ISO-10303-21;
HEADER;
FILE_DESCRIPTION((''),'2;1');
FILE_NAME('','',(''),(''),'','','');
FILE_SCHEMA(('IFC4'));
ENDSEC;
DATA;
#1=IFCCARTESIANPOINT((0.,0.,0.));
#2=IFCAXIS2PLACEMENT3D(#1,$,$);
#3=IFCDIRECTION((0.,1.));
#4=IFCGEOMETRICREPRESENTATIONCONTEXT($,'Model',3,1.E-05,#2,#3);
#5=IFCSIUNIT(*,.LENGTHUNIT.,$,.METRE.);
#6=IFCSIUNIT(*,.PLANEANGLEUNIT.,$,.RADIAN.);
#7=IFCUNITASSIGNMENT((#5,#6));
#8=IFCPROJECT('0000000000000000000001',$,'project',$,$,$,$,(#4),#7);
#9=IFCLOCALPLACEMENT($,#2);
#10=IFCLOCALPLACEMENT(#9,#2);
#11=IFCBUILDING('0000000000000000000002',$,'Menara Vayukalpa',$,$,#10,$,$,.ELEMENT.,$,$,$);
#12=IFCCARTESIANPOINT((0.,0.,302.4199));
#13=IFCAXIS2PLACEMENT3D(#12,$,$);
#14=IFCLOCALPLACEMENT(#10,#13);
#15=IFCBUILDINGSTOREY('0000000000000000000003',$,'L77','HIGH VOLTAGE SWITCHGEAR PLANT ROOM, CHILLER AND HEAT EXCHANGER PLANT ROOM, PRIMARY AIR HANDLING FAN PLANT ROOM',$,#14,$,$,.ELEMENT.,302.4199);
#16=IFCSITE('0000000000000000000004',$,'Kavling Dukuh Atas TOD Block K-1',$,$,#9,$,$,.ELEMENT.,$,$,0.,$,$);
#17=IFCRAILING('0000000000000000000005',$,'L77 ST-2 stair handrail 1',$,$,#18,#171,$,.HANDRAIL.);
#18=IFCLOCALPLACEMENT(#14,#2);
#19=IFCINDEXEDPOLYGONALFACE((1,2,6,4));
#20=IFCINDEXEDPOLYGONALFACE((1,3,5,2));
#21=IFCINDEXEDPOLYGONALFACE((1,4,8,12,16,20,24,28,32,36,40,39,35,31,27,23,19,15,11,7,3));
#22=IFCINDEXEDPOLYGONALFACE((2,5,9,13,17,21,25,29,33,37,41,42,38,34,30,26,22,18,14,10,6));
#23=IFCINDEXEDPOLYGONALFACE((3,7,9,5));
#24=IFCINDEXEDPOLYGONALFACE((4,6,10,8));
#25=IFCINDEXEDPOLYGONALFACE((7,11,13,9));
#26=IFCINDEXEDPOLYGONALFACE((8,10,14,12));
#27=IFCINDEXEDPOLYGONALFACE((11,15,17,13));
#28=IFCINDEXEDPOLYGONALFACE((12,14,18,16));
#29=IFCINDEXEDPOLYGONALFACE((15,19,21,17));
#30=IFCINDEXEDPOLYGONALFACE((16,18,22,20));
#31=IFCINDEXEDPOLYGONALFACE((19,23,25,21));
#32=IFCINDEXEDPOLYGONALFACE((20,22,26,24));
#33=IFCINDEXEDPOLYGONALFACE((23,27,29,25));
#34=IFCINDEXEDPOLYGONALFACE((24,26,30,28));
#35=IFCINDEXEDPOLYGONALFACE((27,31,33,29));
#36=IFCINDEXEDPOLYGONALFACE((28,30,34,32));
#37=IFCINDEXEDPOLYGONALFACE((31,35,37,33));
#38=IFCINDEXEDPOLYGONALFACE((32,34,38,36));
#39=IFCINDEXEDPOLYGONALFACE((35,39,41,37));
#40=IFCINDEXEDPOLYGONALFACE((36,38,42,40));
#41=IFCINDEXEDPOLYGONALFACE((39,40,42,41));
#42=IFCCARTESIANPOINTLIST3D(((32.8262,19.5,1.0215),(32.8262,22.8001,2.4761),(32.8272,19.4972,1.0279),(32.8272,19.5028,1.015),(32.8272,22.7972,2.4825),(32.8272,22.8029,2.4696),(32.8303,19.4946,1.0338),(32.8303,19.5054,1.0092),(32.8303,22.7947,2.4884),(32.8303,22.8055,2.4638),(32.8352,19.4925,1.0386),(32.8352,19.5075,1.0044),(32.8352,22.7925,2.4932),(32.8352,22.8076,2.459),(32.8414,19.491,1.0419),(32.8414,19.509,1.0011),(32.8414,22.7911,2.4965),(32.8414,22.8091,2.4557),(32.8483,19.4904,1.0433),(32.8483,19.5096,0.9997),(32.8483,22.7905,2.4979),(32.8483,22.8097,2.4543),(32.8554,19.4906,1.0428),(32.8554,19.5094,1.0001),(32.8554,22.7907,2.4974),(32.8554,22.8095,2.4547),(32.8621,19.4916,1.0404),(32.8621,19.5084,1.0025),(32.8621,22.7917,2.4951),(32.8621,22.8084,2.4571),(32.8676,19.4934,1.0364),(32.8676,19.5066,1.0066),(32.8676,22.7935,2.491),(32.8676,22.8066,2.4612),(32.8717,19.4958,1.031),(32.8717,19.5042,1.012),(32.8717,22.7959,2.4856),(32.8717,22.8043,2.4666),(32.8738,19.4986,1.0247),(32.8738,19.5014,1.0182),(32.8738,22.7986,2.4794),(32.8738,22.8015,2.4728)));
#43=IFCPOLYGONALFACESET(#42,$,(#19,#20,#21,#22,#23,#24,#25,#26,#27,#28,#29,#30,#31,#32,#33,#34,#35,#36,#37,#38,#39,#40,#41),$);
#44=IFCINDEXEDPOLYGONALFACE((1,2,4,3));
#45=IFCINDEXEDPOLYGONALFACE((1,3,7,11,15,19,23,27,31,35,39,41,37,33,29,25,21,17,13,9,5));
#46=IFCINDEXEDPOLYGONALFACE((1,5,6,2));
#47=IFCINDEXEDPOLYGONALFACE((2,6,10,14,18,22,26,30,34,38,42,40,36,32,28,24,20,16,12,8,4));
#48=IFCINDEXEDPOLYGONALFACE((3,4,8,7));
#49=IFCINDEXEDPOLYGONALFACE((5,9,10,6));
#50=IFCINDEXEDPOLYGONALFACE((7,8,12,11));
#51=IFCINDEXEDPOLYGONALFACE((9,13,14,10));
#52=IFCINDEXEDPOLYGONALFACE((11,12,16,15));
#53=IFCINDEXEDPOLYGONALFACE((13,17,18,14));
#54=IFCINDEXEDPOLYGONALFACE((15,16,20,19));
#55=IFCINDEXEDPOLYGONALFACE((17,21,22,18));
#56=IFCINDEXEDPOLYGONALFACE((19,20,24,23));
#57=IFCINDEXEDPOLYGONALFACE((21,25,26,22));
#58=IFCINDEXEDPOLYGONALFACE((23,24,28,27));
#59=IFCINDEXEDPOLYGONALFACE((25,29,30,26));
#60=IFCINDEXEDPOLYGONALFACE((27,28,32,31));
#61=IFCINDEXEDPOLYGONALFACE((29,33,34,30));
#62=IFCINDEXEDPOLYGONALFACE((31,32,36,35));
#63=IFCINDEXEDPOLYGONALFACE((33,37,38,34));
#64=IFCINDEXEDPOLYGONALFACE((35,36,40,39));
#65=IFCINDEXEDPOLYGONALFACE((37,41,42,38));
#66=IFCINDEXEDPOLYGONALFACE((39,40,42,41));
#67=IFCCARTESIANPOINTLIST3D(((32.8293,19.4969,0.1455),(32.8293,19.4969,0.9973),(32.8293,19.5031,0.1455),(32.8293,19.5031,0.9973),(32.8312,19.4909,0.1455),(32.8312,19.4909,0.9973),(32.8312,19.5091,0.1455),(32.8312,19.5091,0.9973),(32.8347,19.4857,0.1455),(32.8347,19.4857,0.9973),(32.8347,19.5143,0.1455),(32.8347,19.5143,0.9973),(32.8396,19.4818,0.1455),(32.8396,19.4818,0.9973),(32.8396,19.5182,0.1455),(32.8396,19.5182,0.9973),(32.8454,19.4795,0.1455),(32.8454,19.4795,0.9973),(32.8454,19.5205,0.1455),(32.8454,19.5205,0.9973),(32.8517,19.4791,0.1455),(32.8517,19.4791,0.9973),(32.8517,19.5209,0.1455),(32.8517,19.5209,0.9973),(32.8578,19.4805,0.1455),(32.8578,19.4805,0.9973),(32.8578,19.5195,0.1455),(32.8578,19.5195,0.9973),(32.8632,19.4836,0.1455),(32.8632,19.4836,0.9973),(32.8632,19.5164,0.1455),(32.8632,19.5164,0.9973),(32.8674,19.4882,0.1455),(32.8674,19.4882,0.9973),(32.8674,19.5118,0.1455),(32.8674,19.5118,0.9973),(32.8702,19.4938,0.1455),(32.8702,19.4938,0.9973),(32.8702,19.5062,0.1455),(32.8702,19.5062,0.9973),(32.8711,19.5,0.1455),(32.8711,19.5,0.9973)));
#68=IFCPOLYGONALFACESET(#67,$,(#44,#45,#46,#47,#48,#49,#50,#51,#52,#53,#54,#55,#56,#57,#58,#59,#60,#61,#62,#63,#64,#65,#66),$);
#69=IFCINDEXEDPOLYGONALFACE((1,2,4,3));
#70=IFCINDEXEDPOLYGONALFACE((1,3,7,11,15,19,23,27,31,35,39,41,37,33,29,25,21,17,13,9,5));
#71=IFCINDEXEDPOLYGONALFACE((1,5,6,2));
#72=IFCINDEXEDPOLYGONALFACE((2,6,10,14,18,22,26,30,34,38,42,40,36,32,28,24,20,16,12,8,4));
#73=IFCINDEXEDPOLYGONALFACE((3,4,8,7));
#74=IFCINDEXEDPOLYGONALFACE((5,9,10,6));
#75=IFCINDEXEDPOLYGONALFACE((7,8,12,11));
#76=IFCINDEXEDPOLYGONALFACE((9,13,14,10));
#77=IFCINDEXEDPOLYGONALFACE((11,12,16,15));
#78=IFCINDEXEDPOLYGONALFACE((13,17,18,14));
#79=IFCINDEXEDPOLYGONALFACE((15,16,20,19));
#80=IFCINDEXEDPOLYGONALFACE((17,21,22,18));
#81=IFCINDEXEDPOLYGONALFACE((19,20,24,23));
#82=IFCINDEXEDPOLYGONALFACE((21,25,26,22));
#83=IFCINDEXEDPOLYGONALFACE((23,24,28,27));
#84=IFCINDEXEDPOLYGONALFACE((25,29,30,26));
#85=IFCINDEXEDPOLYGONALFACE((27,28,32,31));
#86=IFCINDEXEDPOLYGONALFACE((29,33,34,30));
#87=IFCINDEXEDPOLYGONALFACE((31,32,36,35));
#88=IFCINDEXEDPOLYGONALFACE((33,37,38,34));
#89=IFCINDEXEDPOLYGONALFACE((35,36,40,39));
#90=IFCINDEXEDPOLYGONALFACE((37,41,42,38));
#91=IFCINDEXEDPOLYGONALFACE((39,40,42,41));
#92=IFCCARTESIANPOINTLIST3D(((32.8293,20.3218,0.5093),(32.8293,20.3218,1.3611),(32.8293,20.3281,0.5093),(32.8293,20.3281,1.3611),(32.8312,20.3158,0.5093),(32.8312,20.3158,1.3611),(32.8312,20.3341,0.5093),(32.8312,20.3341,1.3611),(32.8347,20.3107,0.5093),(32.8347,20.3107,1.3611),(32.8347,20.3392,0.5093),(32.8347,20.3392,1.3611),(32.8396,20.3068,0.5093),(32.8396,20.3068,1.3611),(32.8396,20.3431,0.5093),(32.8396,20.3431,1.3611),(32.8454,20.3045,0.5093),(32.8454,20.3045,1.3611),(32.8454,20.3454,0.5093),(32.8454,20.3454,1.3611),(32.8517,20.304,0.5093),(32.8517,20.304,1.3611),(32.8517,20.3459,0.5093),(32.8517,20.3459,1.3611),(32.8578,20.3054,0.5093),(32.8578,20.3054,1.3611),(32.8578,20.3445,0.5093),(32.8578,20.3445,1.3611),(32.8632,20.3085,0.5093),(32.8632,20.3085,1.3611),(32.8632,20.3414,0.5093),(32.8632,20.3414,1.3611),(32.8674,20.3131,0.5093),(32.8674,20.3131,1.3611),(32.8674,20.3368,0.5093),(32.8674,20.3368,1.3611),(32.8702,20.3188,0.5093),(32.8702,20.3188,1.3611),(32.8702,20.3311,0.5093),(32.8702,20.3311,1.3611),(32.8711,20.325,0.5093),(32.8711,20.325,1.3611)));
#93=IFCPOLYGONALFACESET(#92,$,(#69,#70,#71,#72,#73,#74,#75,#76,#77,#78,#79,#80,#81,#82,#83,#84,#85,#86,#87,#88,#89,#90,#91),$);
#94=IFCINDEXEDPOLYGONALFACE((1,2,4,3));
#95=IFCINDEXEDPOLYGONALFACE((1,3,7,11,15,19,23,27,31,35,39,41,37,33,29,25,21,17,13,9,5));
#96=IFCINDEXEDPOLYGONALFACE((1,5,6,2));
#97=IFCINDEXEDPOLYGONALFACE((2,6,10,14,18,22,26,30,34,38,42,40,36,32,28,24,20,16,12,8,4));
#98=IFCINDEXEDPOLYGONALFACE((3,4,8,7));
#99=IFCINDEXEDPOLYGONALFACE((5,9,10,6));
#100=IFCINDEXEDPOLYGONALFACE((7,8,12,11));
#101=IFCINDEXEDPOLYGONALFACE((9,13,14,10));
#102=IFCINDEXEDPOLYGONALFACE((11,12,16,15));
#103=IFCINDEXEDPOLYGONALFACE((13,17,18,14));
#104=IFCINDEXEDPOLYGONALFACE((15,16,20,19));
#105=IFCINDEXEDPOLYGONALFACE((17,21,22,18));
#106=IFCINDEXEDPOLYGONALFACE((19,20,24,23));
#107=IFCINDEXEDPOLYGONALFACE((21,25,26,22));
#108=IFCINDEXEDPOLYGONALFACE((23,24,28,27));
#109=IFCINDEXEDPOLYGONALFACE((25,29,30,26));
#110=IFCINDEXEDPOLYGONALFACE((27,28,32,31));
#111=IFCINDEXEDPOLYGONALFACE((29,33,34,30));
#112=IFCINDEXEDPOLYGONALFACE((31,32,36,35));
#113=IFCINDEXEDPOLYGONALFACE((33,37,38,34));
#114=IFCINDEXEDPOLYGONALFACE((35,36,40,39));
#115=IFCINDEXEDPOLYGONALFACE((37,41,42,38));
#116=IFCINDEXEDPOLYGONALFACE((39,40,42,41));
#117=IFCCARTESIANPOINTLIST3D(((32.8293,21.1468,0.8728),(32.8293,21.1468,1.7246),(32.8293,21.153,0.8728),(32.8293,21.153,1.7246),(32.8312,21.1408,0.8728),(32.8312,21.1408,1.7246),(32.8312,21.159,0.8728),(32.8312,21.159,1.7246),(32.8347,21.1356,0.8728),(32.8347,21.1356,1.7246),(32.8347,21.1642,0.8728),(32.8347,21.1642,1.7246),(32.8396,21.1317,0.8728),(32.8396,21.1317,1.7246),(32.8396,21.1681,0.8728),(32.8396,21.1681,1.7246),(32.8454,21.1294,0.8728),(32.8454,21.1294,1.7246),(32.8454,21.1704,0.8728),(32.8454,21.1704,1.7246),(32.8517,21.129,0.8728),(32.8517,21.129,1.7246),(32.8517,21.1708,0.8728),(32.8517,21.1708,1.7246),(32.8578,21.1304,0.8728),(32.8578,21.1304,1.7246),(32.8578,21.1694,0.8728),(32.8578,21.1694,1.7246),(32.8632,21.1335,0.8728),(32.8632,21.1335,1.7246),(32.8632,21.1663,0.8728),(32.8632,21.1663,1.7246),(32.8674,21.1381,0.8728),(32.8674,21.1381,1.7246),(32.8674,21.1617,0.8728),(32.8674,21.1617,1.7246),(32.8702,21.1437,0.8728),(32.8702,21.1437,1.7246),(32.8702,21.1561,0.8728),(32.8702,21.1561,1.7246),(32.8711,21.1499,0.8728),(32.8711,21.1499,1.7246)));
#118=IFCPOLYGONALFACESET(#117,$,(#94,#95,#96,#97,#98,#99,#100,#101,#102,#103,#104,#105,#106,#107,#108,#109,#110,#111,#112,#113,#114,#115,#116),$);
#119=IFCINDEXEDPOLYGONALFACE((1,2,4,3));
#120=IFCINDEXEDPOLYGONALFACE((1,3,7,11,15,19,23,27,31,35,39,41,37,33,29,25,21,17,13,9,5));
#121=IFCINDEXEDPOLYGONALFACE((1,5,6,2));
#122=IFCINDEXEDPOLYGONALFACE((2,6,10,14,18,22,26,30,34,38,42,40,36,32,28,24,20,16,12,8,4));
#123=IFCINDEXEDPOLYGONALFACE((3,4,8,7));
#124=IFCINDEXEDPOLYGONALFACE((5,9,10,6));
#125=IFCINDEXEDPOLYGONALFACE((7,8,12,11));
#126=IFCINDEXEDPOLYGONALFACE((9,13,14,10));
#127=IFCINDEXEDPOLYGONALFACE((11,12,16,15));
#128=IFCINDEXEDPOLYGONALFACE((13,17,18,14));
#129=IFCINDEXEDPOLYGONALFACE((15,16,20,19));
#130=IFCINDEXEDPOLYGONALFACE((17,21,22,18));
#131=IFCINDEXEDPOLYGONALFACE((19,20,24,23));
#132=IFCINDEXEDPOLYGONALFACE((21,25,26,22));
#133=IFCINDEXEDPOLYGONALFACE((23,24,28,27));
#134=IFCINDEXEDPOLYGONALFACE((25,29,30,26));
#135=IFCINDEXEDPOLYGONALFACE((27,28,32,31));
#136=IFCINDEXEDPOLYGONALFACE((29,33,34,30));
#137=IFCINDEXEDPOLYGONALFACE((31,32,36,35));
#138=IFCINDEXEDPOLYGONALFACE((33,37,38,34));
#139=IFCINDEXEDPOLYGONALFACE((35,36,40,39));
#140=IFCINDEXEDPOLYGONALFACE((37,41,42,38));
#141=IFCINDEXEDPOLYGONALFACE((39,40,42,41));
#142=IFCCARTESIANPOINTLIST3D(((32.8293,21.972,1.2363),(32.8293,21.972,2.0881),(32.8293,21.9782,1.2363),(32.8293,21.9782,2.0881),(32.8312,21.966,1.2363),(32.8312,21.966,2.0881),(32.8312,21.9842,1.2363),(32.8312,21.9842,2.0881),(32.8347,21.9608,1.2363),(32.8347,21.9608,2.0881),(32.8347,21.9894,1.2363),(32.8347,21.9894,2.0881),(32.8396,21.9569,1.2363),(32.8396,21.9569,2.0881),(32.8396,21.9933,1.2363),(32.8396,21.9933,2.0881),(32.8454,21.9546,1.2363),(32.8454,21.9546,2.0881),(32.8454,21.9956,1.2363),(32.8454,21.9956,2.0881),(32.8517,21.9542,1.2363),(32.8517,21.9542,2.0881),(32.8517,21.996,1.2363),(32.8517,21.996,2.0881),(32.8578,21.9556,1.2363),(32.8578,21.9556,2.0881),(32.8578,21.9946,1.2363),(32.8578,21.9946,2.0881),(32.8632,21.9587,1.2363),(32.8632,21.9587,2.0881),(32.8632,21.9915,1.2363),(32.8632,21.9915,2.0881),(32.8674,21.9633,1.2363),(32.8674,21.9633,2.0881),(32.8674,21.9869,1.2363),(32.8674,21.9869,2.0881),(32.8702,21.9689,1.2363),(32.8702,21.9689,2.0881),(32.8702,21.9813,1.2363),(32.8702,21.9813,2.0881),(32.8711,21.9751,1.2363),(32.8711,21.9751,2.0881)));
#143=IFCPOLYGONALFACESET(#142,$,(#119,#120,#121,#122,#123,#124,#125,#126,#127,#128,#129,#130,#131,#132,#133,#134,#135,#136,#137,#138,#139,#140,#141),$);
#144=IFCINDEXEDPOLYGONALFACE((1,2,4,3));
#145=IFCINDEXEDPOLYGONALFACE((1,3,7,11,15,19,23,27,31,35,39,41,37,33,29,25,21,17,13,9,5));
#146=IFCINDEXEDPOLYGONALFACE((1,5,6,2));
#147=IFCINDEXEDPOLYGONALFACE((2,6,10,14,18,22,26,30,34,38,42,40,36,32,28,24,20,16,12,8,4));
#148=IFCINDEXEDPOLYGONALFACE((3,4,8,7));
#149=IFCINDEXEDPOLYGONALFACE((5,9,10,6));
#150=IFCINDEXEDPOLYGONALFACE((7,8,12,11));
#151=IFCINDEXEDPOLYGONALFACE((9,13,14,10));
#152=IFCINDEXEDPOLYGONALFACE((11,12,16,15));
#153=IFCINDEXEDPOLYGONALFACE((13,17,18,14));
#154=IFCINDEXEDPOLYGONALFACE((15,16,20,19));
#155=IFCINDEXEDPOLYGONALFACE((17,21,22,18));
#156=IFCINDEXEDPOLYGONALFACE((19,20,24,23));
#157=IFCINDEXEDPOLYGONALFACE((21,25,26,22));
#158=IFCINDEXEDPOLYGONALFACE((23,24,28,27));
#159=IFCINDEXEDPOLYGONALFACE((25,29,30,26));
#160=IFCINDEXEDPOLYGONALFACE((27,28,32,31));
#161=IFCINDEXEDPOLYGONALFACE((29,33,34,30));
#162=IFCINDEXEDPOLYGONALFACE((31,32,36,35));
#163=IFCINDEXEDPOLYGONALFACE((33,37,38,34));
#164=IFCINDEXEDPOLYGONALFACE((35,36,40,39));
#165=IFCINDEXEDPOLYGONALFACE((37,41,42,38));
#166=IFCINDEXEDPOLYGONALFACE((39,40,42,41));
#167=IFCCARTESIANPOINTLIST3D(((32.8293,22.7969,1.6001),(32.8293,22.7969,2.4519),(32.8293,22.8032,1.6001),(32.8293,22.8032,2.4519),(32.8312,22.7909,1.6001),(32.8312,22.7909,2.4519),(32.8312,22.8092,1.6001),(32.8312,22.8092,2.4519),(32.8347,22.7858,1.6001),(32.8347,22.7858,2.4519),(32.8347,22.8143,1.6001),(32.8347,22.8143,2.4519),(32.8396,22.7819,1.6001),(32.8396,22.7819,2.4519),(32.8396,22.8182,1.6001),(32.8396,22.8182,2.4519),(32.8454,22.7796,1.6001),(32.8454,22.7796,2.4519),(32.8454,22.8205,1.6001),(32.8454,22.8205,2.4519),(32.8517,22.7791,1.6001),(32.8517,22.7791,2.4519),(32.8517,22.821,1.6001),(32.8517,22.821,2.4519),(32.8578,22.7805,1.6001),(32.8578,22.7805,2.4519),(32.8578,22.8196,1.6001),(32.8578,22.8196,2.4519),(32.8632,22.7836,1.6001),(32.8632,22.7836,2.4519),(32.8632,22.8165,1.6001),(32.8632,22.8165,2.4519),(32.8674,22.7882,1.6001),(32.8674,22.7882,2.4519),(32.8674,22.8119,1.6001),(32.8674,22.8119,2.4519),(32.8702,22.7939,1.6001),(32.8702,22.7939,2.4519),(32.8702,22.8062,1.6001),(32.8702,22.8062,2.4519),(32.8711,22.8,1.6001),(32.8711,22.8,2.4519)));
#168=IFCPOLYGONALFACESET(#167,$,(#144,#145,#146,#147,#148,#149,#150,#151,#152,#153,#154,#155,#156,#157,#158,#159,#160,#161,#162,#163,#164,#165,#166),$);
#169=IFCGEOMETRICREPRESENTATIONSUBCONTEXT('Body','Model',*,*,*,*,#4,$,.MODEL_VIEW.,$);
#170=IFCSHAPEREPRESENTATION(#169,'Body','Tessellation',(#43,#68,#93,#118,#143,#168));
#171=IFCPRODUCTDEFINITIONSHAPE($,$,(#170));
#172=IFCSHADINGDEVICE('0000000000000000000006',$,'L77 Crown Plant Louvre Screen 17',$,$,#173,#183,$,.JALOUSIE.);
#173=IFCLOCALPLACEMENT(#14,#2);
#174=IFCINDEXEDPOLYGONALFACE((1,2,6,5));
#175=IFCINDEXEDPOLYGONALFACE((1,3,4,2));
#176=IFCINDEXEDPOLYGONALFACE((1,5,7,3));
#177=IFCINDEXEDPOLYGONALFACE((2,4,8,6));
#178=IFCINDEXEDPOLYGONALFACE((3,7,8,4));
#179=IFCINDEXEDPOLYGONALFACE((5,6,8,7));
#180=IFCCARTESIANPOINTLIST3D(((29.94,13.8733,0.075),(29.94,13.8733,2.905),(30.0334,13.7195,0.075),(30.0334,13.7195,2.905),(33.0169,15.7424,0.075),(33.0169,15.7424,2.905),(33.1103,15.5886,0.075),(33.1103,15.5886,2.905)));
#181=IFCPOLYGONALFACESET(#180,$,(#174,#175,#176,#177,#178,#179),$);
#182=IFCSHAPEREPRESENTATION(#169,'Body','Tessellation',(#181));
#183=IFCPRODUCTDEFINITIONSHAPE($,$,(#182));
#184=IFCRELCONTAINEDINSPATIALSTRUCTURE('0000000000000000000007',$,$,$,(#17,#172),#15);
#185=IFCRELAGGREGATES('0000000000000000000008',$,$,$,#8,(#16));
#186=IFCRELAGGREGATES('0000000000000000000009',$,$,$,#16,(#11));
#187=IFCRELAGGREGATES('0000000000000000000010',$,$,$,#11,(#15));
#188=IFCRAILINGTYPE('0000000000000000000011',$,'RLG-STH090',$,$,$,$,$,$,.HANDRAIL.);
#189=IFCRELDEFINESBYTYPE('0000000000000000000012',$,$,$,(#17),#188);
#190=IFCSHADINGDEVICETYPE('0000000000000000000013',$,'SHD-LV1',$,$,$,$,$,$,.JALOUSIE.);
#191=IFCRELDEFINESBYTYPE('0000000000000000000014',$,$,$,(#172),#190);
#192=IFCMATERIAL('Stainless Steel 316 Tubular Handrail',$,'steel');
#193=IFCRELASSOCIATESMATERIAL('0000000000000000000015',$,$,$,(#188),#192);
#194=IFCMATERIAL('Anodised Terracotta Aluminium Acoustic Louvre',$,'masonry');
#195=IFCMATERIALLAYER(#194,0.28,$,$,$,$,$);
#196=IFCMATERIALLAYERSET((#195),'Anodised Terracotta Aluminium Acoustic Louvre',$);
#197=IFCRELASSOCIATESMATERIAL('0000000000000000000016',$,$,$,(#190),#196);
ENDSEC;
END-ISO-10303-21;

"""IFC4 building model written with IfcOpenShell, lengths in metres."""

from ifc_helpers import new_model, si_unit, direction, frame, origin, origin_2d, place, context, subcontext, project, spatial, rectangle, circle, extrude, material, layer, layer_set, type_object, element, save


model = new_model("IFC4")

# Units and contexts
model_context = context("Model", 3, precision=1e-05, world=origin(), true_north=direction((0.0, 1.0)))
body_context = subcontext(model_context, "Body", "Model", "MODEL_VIEW")
ifc_project = project(units=[si_unit("LENGTHUNIT", "METRE"), si_unit("PLANEANGLEUNIT", "RADIAN")], contexts=[model_context])

# Site, building, storey
site_placement = place(None, origin())
site = spatial("IfcSite", under=ifc_project, at=site_placement, Name="Kavling Dukuh Atas TOD Block K-1", CompositionType="ELEMENT", RefElevation=0.0)
building_placement = place(site_placement, origin())
building = spatial("IfcBuilding", under=site, at=building_placement, Name="Menara Vayukalpa", CompositionType="ELEMENT")
storey_placement = place(building_placement, frame((0.0, 0.0, 302.4199)))
storey = spatial("IfcBuildingStorey", under=building, at=storey_placement, Name="L77", Description="HIGH VOLTAGE SWITCHGEAR PLANT ROOM, CHILLER AND HEAT EXCHANGER PLANT ROOM, PRIMARY AIR HANDLING FAN PLANT ROOM", CompositionType="ELEMENT", Elevation=302.4199)

# Railing
ifc_material_1 = material(Name="Stainless Steel 316 Tubular Handrail", Category="steel")
railing_type_1 = type_object("IfcRailingType", Name="RLG-STH090", PredefinedType="HANDRAIL", material=ifc_material_1)
railing_1_placement = place(storey_placement, frame((32.8501, 19.5, 0.1455)))
element("IfcRailing", 1, at=railing_1_placement, inside=storey, type_object=railing_type_1, Name="L77 ST-2 stair handrail 1", PredefinedType="HANDRAIL", context=body_context, shape_type="SweptSolid", body=[
    extrude(circle(Radius=0.0239, at=origin_2d()), frame((0.0, 0.0, 0.876), z_axis=(0.0, 0.915052, 0.403335), x_axis=(-1.0, 0.0, 0.0)), (0.0, 0.0, 1.0), 3.6064),
    extrude(circle(Radius=0.021, at=origin_2d()), origin(), (0.0, 0.0, 1.0), 0.8518),
    extrude(circle(Radius=0.021, at=origin_2d()), frame((0.0, 0.825, 0.3638)), (0.0, 0.0, 1.0), 0.8518),
    extrude(circle(Radius=0.021, at=origin_2d()), frame((0.0, 1.6499, 0.7273)), (0.0, 0.0, 1.0), 0.8518),
    extrude(circle(Radius=0.021, at=origin_2d()), frame((0.0, 2.4751, 1.0908)), (0.0, 0.0, 1.0), 0.8518),
    extrude(circle(Radius=0.021, at=origin_2d()), frame((0.0, 3.3, 1.4546)), (0.0, 0.0, 1.0), 0.8518),
])

# Shading device
ifc_material_2 = material(Name="Anodised Terracotta Aluminium Acoustic Louvre", Category="masonry")
ifc_layer_1 = layer(ifc_material_2, 0.28)
ifc_layer_set_1 = layer_set([ifc_layer_1], Name="Anodised Terracotta Aluminium Acoustic Louvre")
shading_device_type = type_object("IfcShadingDeviceType", Name="SHD-LV1", PredefinedType="JALOUSIE", material=ifc_layer_set_1)
shading_device_placement = place(storey_placement, frame((31.5251, 14.731, 0.075), z_axis=(0.0, 0.0, 1.0), x_axis=(0.854667, 0.519176, 0.0)))
element("IfcShadingDevice", 2, at=shading_device_placement, inside=storey, type_object=shading_device_type, Name="L77 Crown Plant Louvre Screen 17", PredefinedType="JALOUSIE", context=body_context, shape_type="SweptSolid", body=[
    extrude(rectangle(XDim=3.6001, YDim=0.1799, at=origin_2d()), origin(), (0.0, 0.0, 1.0), 2.8301),
])

save(model, "model.ifc")
